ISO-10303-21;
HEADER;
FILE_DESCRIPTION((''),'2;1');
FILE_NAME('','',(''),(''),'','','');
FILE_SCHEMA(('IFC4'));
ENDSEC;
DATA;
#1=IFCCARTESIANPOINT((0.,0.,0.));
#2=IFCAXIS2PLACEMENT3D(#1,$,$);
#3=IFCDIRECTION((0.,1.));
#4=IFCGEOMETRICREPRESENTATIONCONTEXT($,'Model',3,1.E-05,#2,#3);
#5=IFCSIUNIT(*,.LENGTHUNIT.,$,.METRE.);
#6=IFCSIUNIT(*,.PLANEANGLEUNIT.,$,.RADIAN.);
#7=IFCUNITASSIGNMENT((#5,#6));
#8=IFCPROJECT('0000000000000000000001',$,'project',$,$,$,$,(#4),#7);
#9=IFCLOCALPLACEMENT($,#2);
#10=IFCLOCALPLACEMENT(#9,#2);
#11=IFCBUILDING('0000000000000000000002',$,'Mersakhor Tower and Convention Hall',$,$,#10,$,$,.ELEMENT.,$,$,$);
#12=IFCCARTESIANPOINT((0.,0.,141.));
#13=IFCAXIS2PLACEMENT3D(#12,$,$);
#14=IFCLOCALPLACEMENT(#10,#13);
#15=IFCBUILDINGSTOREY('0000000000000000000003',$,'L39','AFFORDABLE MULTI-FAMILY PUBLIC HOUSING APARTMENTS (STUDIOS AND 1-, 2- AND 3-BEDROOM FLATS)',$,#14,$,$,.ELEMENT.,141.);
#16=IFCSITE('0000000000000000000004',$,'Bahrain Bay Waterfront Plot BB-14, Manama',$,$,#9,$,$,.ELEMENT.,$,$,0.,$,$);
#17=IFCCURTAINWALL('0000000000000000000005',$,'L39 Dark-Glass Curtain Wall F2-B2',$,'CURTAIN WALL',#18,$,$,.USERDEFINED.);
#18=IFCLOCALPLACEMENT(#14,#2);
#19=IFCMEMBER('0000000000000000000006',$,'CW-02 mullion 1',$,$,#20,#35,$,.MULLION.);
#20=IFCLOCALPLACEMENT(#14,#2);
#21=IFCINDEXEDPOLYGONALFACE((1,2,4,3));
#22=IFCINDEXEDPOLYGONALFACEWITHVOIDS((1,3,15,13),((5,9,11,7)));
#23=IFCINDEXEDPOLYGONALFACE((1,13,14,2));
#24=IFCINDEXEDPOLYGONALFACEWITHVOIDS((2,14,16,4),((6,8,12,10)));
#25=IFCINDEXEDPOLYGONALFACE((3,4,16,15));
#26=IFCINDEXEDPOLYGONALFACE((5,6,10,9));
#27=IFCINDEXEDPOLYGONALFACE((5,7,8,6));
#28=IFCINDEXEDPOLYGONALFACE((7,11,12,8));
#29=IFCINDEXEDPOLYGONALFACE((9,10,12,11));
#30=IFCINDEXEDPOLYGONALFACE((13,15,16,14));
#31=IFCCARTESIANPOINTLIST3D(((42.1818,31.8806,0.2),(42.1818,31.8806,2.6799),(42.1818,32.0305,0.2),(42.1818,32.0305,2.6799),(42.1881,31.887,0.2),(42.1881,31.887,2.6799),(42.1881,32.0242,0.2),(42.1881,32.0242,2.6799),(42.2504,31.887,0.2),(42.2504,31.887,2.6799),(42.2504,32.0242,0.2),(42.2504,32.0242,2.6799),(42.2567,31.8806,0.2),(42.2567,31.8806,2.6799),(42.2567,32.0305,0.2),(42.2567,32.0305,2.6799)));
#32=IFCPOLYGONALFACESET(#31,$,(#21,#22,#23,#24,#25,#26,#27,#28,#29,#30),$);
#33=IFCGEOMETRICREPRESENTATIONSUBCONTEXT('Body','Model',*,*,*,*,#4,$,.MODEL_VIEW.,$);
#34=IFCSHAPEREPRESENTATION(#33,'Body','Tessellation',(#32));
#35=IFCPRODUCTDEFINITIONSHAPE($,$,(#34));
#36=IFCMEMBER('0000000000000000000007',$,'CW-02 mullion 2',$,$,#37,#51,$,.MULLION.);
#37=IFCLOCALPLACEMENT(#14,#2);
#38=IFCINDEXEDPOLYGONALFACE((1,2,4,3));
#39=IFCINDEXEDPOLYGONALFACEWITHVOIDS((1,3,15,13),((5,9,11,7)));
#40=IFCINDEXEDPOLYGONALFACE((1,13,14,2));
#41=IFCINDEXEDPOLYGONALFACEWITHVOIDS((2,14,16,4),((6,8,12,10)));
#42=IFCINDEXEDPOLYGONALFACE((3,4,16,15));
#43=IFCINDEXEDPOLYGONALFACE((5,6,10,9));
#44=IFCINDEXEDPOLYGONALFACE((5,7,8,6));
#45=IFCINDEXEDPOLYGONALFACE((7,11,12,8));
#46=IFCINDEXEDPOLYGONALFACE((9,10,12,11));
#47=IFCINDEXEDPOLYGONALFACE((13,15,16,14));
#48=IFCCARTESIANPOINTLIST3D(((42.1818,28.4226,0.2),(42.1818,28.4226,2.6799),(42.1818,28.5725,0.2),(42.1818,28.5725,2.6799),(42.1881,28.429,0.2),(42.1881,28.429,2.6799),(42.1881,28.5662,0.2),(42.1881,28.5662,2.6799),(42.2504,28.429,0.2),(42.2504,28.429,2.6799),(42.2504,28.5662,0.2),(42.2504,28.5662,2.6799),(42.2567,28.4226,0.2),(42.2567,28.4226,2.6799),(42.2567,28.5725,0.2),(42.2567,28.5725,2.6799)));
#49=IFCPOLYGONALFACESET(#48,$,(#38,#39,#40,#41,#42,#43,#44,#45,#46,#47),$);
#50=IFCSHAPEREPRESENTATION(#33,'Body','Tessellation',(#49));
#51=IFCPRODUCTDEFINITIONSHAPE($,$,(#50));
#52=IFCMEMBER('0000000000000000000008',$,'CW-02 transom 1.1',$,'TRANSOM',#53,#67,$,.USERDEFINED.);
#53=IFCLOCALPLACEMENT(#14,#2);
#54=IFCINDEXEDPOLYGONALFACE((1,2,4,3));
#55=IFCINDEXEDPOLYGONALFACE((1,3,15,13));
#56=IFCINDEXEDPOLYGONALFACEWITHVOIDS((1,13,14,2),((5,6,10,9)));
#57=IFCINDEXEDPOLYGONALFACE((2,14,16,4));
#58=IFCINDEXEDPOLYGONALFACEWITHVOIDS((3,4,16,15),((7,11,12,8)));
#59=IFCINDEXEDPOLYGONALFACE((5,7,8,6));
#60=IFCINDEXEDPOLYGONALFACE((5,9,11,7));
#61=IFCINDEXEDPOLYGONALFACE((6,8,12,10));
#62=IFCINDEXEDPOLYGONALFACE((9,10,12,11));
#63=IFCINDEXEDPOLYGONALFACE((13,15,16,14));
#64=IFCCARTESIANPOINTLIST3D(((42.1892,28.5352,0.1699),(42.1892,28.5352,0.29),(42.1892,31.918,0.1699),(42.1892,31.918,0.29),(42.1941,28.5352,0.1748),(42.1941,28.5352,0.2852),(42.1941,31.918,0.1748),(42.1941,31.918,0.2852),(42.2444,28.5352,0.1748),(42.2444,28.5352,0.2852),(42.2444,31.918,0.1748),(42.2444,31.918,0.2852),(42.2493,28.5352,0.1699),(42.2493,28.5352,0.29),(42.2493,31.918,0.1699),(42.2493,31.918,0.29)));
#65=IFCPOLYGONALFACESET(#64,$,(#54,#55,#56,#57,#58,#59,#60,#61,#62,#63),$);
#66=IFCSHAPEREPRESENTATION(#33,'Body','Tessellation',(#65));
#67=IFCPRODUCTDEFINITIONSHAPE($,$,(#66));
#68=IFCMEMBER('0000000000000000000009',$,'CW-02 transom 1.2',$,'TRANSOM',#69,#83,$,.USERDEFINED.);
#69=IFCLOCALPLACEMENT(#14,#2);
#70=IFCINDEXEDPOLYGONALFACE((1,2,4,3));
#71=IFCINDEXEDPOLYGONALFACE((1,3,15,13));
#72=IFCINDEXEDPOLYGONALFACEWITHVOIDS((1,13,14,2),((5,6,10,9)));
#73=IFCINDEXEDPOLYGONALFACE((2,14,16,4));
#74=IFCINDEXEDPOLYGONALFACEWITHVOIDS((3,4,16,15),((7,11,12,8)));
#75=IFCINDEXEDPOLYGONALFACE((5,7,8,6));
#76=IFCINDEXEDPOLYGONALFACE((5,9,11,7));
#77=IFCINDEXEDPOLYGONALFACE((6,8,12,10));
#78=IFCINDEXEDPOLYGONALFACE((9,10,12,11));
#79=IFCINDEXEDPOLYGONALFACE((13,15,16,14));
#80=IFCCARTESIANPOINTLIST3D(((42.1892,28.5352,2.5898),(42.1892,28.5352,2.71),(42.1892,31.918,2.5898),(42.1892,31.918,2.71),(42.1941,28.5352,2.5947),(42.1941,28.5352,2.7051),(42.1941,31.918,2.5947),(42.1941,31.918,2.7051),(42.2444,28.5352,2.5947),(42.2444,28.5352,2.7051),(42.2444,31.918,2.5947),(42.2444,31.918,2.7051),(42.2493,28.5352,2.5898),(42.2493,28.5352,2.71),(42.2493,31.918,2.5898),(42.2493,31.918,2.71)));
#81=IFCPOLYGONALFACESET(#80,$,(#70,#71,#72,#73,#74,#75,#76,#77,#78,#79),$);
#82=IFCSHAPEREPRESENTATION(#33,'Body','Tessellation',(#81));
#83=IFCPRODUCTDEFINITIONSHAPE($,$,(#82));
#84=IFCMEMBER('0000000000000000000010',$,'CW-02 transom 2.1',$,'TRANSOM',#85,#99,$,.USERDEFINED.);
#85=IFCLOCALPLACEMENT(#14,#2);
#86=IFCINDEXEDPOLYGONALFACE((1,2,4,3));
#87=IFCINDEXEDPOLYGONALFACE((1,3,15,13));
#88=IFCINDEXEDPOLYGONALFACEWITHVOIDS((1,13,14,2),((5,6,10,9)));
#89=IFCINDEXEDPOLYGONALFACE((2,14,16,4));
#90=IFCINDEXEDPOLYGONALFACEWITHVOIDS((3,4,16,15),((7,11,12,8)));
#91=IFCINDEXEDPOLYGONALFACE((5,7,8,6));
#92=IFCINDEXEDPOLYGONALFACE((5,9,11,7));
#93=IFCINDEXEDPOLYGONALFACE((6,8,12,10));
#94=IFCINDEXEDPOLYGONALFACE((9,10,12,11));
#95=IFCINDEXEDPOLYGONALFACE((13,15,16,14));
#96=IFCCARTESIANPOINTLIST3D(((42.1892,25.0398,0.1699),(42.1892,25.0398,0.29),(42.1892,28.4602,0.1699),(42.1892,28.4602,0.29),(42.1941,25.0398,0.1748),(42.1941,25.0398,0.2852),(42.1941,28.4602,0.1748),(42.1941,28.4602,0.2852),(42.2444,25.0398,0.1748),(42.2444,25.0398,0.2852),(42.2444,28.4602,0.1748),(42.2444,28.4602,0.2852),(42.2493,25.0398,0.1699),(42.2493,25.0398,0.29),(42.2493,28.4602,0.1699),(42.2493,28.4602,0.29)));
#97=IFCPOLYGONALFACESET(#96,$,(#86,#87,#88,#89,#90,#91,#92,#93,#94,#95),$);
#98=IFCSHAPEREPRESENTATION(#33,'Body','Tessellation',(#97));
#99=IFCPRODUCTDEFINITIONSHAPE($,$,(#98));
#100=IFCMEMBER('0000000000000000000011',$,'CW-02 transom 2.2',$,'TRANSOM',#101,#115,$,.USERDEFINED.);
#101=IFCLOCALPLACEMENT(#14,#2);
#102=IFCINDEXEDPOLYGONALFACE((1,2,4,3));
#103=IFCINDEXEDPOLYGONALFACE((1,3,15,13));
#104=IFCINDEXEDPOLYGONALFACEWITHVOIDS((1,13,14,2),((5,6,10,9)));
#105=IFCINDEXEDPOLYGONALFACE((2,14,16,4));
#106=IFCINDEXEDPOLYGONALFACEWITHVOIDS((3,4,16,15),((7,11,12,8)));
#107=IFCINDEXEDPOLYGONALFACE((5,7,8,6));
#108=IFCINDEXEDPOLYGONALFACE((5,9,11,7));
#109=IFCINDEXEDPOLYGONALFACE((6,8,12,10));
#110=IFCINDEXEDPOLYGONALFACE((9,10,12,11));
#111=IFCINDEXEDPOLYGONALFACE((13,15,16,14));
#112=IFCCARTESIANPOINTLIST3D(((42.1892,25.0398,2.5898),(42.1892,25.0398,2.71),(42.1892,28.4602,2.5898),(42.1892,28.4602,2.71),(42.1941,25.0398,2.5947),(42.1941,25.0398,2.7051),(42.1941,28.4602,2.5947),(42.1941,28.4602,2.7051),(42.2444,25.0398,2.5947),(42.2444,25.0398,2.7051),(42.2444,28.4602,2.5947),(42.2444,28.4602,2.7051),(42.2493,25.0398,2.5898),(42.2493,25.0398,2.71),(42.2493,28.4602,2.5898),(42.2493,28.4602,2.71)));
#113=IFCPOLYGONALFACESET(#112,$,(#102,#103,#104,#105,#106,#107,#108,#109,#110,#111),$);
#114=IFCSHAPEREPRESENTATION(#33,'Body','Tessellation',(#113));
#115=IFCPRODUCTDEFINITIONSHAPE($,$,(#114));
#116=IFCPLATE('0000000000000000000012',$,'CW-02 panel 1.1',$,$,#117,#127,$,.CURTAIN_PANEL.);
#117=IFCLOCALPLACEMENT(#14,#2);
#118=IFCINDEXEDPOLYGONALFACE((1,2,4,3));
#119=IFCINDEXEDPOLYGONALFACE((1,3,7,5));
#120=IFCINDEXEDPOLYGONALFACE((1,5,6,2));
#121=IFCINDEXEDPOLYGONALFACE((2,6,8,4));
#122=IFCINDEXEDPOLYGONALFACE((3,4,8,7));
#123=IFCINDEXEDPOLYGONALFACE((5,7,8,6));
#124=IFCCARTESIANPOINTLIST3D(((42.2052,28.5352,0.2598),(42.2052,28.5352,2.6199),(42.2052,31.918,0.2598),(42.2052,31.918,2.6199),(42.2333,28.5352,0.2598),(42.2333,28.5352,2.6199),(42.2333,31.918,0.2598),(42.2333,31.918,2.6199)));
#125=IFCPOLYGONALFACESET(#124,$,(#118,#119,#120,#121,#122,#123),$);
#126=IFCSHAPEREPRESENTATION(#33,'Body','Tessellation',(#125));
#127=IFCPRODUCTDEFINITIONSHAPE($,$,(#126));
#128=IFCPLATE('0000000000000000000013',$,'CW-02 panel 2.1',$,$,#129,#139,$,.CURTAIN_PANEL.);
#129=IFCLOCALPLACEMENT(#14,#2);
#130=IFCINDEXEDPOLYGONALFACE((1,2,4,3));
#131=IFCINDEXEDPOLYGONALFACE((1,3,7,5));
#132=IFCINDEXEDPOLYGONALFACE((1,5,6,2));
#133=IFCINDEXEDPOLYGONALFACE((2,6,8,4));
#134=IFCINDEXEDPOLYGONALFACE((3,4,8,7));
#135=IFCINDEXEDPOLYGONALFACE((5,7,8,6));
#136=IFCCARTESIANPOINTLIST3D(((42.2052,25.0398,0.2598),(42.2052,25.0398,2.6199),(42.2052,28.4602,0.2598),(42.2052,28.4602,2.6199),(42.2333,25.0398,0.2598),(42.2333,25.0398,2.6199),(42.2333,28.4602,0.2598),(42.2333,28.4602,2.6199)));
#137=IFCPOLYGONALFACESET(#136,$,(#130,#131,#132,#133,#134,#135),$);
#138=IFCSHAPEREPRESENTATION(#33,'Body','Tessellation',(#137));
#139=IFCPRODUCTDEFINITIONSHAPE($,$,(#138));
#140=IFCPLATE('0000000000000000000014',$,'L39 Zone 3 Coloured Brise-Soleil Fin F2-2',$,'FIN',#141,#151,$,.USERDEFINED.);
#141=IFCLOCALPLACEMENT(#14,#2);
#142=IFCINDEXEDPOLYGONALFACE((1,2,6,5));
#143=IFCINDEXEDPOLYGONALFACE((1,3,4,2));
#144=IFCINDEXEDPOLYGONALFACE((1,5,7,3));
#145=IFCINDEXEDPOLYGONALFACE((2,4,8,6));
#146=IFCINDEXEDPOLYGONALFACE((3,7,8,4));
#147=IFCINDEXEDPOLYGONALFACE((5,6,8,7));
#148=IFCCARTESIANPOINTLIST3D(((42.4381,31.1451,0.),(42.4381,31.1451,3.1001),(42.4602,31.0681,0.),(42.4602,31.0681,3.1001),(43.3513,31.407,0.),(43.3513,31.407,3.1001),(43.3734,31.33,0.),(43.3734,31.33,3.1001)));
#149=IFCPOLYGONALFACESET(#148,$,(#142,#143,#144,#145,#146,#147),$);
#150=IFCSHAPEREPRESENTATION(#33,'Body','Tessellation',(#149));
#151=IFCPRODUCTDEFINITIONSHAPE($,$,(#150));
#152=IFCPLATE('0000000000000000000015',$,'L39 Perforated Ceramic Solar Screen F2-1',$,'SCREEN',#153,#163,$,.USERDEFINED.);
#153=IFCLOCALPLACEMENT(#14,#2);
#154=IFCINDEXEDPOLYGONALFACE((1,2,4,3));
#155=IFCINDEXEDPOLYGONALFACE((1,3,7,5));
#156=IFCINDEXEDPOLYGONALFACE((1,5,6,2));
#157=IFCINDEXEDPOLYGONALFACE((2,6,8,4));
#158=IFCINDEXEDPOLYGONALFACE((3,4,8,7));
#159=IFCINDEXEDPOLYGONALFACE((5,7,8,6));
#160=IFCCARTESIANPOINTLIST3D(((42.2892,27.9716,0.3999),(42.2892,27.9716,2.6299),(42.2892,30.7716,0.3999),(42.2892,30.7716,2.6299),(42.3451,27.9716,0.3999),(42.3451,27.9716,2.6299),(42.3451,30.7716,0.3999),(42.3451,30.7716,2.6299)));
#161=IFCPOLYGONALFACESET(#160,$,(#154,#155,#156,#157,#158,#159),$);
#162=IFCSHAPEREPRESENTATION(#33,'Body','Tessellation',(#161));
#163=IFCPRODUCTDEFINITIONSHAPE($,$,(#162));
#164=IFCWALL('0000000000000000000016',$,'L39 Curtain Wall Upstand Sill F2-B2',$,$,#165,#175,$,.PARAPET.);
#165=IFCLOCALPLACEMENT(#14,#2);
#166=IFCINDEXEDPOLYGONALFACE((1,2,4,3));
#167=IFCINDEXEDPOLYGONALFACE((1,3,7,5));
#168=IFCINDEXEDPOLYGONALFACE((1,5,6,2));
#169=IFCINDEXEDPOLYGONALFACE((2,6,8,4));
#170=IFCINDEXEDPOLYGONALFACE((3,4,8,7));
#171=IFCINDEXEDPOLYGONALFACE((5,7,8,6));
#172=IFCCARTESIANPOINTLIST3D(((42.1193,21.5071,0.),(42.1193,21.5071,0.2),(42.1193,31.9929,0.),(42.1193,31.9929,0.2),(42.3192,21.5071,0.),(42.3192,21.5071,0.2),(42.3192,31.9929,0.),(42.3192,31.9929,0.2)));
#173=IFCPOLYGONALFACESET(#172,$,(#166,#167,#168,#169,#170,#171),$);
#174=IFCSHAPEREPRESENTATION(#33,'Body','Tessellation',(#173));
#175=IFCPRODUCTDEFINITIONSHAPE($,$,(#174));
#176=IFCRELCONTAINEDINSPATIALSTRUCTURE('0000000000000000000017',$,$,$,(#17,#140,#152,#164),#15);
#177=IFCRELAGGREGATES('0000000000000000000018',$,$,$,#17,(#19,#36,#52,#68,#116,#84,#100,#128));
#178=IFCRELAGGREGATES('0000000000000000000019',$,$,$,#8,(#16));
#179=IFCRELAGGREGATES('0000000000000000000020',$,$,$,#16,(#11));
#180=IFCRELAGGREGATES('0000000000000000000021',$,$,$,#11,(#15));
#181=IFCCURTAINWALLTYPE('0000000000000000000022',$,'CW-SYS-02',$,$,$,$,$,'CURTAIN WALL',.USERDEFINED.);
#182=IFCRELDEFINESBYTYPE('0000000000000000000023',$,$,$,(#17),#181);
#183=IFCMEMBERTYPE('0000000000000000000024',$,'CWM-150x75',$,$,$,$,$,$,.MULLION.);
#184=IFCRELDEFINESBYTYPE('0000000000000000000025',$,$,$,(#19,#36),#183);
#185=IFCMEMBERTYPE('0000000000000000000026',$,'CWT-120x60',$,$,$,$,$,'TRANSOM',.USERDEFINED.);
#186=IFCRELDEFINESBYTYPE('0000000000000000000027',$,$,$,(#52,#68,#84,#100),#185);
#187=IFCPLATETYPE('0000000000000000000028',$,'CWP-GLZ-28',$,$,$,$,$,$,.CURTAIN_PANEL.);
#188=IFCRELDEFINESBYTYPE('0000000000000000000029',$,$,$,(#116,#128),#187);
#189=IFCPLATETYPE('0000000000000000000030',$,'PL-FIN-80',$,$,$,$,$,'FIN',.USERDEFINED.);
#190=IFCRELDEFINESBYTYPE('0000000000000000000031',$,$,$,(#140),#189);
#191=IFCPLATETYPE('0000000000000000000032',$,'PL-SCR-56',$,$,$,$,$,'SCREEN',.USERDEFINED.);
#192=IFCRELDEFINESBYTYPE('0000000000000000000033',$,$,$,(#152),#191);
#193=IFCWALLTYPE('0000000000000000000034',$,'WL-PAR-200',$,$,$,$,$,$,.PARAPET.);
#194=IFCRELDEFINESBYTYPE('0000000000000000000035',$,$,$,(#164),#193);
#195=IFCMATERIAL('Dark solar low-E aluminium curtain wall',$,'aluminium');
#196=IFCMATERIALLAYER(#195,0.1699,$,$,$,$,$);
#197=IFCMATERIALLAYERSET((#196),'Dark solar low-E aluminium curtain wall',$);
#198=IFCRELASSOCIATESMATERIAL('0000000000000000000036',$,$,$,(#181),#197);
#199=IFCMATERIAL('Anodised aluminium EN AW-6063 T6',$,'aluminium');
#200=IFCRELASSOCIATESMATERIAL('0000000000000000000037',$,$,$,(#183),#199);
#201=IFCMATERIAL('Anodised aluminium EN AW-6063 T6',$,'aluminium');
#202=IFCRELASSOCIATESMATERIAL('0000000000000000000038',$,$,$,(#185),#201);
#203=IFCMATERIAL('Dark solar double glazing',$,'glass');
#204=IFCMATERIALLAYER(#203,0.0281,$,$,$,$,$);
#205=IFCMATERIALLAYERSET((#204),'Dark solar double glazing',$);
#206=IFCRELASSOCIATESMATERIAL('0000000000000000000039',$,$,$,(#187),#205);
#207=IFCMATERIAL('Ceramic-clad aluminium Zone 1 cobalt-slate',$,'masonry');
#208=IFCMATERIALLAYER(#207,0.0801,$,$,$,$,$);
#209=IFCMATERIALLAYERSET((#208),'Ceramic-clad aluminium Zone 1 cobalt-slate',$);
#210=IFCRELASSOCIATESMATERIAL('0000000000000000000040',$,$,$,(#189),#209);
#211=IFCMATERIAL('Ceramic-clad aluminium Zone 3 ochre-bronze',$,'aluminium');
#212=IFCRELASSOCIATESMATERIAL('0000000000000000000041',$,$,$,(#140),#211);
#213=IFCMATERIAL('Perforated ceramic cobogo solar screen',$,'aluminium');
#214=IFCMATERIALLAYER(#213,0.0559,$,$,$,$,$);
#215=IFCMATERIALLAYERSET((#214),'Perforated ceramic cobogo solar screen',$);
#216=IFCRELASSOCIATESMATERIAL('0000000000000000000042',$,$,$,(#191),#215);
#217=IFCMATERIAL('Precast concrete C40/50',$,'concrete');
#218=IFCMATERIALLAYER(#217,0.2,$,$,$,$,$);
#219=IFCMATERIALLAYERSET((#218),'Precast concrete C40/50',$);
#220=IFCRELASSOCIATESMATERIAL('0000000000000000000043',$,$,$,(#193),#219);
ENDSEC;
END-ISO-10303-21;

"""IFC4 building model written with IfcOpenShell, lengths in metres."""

from ifc_helpers import new_model, si_unit, direction, frame, frame_2d, origin, origin_2d, place, context, subcontext, project, spatial, rectangle, hollow_rectangle, extrude, material, layer, layer_set, material_profile, profile_set, type_object, element, aggregate, save


model = new_model("IFC4")

# Units and contexts
model_context = context("Model", 3, precision=1e-05, world=origin(), true_north=direction((0.0, 1.0)))
body_context = subcontext(model_context, "Body", "Model", "MODEL_VIEW")
ifc_project = project(units=[si_unit("LENGTHUNIT", "METRE"), si_unit("PLANEANGLEUNIT", "RADIAN")], contexts=[model_context])

# Site, building, storey
site_placement = place(None, origin())
site = spatial("IfcSite", under=ifc_project, at=site_placement, Name="Bahrain Bay Waterfront Plot BB-14, Manama", CompositionType="ELEMENT", RefElevation=0.0)
building_placement = place(site_placement, origin())
building = spatial("IfcBuilding", under=site, at=building_placement, Name="Mersakhor Tower and Convention Hall", CompositionType="ELEMENT")
storey_placement = place(building_placement, frame((0.0, 0.0, 141.0)))
storey = spatial("IfcBuildingStorey", under=building, at=storey_placement, Name="L39", Description="AFFORDABLE MULTI-FAMILY PUBLIC HOUSING APARTMENTS (STUDIOS AND 1-, 2- AND 3-BEDROOM FLATS)", CompositionType="ELEMENT", Elevation=141.0)

# Curtain wall, members, plates
ifc_material_1 = material(Name="Dark solar low-E aluminium curtain wall", Category="aluminium")
ifc_layer_1 = layer(ifc_material_1, 0.1699)
ifc_layer_set_1 = layer_set([ifc_layer_1], Name="Dark solar low-E aluminium curtain wall")
curtain_wall_type = type_object("IfcCurtainWallType", Name="CW-SYS-02", ElementType="CURTAIN WALL", PredefinedType="USERDEFINED", material=ifc_layer_set_1)
curtain_wall_placement = place(storey_placement, origin())
curtain_wall = element("IfcCurtainWall", 1, at=curtain_wall_placement, inside=storey, type_object=curtain_wall_type, Name="L39 Dark-Glass Curtain Wall F2-B2", ObjectType="CURTAIN WALL", PredefinedType="USERDEFINED")
ifc_material_2 = material(Name="Anodised aluminium EN AW-6063 T6", Category="aluminium")
ifc_material_profile_1 = material_profile(ifc_material_2, hollow_rectangle(XDim=0.075, YDim=0.1499, WallThickness=0.0063, at=origin_2d()), Name="RHS 150x75x6.3")
ifc_profile_set_1 = profile_set([ifc_material_profile_1], Name="Anodised aluminium EN AW-6063 T6")
member_type_1 = type_object("IfcMemberType", Name="CWM-150x75", PredefinedType="MULLION", material=ifc_profile_set_1)
member_1_placement = place(storey_placement, frame((42.2192, 31.9556, 0.2), z_axis=(0.0, 0.0, 1.0), x_axis=(1.0, 0.0, 0.0)))
member_1 = element("IfcMember", 2, at=member_1_placement, type_object=member_type_1, Name="CW-02 mullion 1", PredefinedType="MULLION", context=body_context, shape_type="SweptSolid", body=[
    extrude(hollow_rectangle(XDim=0.075, YDim=0.1499, WallThickness=0.0063, at=origin_2d()), origin(), (0.0, 0.0, 1.0), 2.48),
])
member_2_placement = place(storey_placement, frame((42.2192, 28.4976, 0.2), z_axis=(0.0, 0.0, 1.0), x_axis=(1.0, 0.0, 0.0)))
member_2 = element("IfcMember", 3, at=member_2_placement, type_object=member_type_1, Name="CW-02 mullion 2", PredefinedType="MULLION", context=body_context, shape_type="SweptSolid", body=[
    extrude(hollow_rectangle(XDim=0.075, YDim=0.1499, WallThickness=0.0063, at=origin_2d()), origin(), (0.0, 0.0, 1.0), 2.48),
])
ifc_material_3 = material(Name="Anodised aluminium EN AW-6063 T6", Category="aluminium")
ifc_material_profile_2 = material_profile(ifc_material_3, hollow_rectangle(XDim=0.0601, YDim=0.1201, WallThickness=0.0049, at=origin_2d()), Name="RHS 120x60x5")
ifc_profile_set_2 = profile_set([ifc_material_profile_2], Name="Anodised aluminium EN AW-6063 T6")
member_type_2 = type_object("IfcMemberType", Name="CWT-120x60", ElementType="TRANSOM", PredefinedType="USERDEFINED", material=ifc_profile_set_2)
member_3_placement = place(storey_placement, frame((42.2192, 31.918, 0.23), z_axis=(0.0, -1.0, 0.0), x_axis=(1.0, 0.0, 0.0)))
member_3 = element("IfcMember", 4, at=member_3_placement, type_object=member_type_2, Name="CW-02 transom 1.1", ObjectType="TRANSOM", PredefinedType="USERDEFINED", context=body_context, shape_type="SweptSolid", body=[
    extrude(hollow_rectangle(XDim=0.0601, YDim=0.1201, WallThickness=0.0049, at=origin_2d()), origin(), (0.0, 0.0, 1.0), 3.3828),
])
member_4_placement = place(storey_placement, frame((42.2192, 31.918, 2.6499), z_axis=(0.0, -1.0, 0.0), x_axis=(1.0, 0.0, 0.0)))
member_4 = element("IfcMember", 5, at=member_4_placement, type_object=member_type_2, Name="CW-02 transom 1.2", ObjectType="TRANSOM", PredefinedType="USERDEFINED", context=body_context, shape_type="SweptSolid", body=[
    extrude(hollow_rectangle(XDim=0.0601, YDim=0.1201, WallThickness=0.0049, at=origin_2d()), origin(), (0.0, 0.0, 1.0), 3.3828),
])
member_5_placement = place(storey_placement, frame((42.2192, 28.4602, 0.23), z_axis=(0.0, -1.0, 0.0), x_axis=(1.0, 0.0, 0.0)))
member_5 = element("IfcMember", 6, at=member_5_placement, type_object=member_type_2, Name="CW-02 transom 2.1", ObjectType="TRANSOM", PredefinedType="USERDEFINED", context=body_context, shape_type="SweptSolid", body=[
    extrude(hollow_rectangle(XDim=0.0601, YDim=0.1201, WallThickness=0.0049, at=origin_2d()), origin(), (0.0, 0.0, 1.0), 3.4204),
])
member_6_placement = place(storey_placement, frame((42.2192, 28.4602, 2.6499), z_axis=(0.0, -1.0, 0.0), x_axis=(1.0, 0.0, 0.0)))
member_6 = element("IfcMember", 7, at=member_6_placement, type_object=member_type_2, Name="CW-02 transom 2.2", ObjectType="TRANSOM", PredefinedType="USERDEFINED", context=body_context, shape_type="SweptSolid", body=[
    extrude(hollow_rectangle(XDim=0.0601, YDim=0.1201, WallThickness=0.0049, at=origin_2d()), origin(), (0.0, 0.0, 1.0), 3.4204),
])
ifc_material_4 = material(Name="Dark solar double glazing", Category="glass")
ifc_layer_2 = layer(ifc_material_4, 0.0281)
ifc_layer_set_2 = layer_set([ifc_layer_2], Name="Dark solar double glazing")
plate_type_1 = type_object("IfcPlateType", Name="CWP-GLZ-28", PredefinedType="CURTAIN_PANEL", material=ifc_layer_set_2)
plate_1_placement = place(storey_placement, frame((42.2192, 30.2266, 0.2598), z_axis=(0.0, 0.0, 1.0), x_axis=(0.0, -1.0, 0.0)))
plate_1 = element("IfcPlate", 8, at=plate_1_placement, type_object=plate_type_1, Name="CW-02 panel 1.1", PredefinedType="CURTAIN_PANEL", context=body_context, shape_type="SweptSolid", body=[
    extrude(rectangle(XDim=3.3828, YDim=0.0281, at=origin_2d()), origin(), (0.0, 0.0, 1.0), 2.3601),
])
plate_2_placement = place(storey_placement, frame((42.2192, 26.75, 0.2598), z_axis=(0.0, 0.0, 1.0), x_axis=(0.0, -1.0, 0.0)))
plate_2 = element("IfcPlate", 9, at=plate_2_placement, type_object=plate_type_1, Name="CW-02 panel 2.1", PredefinedType="CURTAIN_PANEL", context=body_context, shape_type="SweptSolid", body=[
    extrude(rectangle(XDim=3.4204, YDim=0.0281, at=origin_2d()), origin(), (0.0, 0.0, 1.0), 2.3601),
])
aggregate(curtain_wall, [member_1, member_2, member_3, member_4, plate_1, member_5, member_6, plate_2])

# Plates
ifc_material_5 = material(Name="Ceramic-clad aluminium Zone 3 ochre-bronze", Category="aluminium")
ifc_material_6 = material(Name="Ceramic-clad aluminium Zone 1 cobalt-slate", Category="masonry")
ifc_layer_3 = layer(ifc_material_6, 0.0801)
ifc_layer_set_3 = layer_set([ifc_layer_3], Name="Ceramic-clad aluminium Zone 1 cobalt-slate")
plate_type_2 = type_object("IfcPlateType", Name="PL-FIN-80", ElementType="FIN", PredefinedType="USERDEFINED", material=ifc_layer_set_3)
plate_3_placement = place(storey_placement, frame((42.9058, 31.2375, 0.0), z_axis=(0.0, 0.0, 1.0), x_axis=(0.961262, 0.275637, 0.0)))
element("IfcPlate", 10, at=plate_3_placement, inside=storey, type_object=plate_type_2, material=ifc_material_5, Name="L39 Zone 3 Coloured Brise-Soleil Fin F2-2", ObjectType="FIN", PredefinedType="USERDEFINED", context=body_context, shape_type="SweptSolid", body=[
    extrude(rectangle(XDim=0.95, YDim=0.0801, at=origin_2d()), origin(), (0.0, 0.0, 1.0), 3.1001),
])
ifc_material_7 = material(Name="Perforated ceramic cobogo solar screen", Category="aluminium")
ifc_layer_4 = layer(ifc_material_7, 0.0559)
ifc_layer_set_4 = layer_set([ifc_layer_4], Name="Perforated ceramic cobogo solar screen")
plate_type_3 = type_object("IfcPlateType", Name="PL-SCR-56", ElementType="SCREEN", PredefinedType="USERDEFINED", material=ifc_layer_set_4)
plate_4_placement = place(storey_placement, frame((42.3171, 29.3716, 0.3999), z_axis=(0.0, 0.0, 1.0), x_axis=(0.0, -1.0, 0.0)))
element("IfcPlate", 11, at=plate_4_placement, inside=storey, type_object=plate_type_3, Name="L39 Perforated Ceramic Solar Screen F2-1", ObjectType="SCREEN", PredefinedType="USERDEFINED", context=body_context, shape_type="SweptSolid", body=[
    extrude(rectangle(XDim=2.8, YDim=0.0559, at=origin_2d()), origin(), (0.0, 0.0, 1.0), 2.23),
])

# Wall
ifc_material_8 = material(Name="Precast concrete C40/50", Category="concrete")
ifc_layer_5 = layer(ifc_material_8, 0.2)
ifc_layer_set_5 = layer_set([ifc_layer_5], Name="Precast concrete C40/50")
wall_type_1 = type_object("IfcWallType", Name="WL-PAR-200", PredefinedType="PARAPET", material=ifc_layer_set_5)
wall_1_placement = place(storey_placement, frame((42.2192, 31.9929, 0.0), z_axis=(0.0, 0.0, 1.0), x_axis=(0.0, -1.0, 0.0)))
element("IfcWall", 12, at=wall_1_placement, inside=storey, type_object=wall_type_1, Name="L39 Curtain Wall Upstand Sill F2-B2", PredefinedType="PARAPET", context=body_context, shape_type="SweptSolid", body=[
    extrude(rectangle(XDim=10.4858, YDim=0.2, at=frame_2d((5.2429, 0.0))), origin(), (0.0, 0.0, 1.0), 0.2),
])

save(model, "model.ifc")
